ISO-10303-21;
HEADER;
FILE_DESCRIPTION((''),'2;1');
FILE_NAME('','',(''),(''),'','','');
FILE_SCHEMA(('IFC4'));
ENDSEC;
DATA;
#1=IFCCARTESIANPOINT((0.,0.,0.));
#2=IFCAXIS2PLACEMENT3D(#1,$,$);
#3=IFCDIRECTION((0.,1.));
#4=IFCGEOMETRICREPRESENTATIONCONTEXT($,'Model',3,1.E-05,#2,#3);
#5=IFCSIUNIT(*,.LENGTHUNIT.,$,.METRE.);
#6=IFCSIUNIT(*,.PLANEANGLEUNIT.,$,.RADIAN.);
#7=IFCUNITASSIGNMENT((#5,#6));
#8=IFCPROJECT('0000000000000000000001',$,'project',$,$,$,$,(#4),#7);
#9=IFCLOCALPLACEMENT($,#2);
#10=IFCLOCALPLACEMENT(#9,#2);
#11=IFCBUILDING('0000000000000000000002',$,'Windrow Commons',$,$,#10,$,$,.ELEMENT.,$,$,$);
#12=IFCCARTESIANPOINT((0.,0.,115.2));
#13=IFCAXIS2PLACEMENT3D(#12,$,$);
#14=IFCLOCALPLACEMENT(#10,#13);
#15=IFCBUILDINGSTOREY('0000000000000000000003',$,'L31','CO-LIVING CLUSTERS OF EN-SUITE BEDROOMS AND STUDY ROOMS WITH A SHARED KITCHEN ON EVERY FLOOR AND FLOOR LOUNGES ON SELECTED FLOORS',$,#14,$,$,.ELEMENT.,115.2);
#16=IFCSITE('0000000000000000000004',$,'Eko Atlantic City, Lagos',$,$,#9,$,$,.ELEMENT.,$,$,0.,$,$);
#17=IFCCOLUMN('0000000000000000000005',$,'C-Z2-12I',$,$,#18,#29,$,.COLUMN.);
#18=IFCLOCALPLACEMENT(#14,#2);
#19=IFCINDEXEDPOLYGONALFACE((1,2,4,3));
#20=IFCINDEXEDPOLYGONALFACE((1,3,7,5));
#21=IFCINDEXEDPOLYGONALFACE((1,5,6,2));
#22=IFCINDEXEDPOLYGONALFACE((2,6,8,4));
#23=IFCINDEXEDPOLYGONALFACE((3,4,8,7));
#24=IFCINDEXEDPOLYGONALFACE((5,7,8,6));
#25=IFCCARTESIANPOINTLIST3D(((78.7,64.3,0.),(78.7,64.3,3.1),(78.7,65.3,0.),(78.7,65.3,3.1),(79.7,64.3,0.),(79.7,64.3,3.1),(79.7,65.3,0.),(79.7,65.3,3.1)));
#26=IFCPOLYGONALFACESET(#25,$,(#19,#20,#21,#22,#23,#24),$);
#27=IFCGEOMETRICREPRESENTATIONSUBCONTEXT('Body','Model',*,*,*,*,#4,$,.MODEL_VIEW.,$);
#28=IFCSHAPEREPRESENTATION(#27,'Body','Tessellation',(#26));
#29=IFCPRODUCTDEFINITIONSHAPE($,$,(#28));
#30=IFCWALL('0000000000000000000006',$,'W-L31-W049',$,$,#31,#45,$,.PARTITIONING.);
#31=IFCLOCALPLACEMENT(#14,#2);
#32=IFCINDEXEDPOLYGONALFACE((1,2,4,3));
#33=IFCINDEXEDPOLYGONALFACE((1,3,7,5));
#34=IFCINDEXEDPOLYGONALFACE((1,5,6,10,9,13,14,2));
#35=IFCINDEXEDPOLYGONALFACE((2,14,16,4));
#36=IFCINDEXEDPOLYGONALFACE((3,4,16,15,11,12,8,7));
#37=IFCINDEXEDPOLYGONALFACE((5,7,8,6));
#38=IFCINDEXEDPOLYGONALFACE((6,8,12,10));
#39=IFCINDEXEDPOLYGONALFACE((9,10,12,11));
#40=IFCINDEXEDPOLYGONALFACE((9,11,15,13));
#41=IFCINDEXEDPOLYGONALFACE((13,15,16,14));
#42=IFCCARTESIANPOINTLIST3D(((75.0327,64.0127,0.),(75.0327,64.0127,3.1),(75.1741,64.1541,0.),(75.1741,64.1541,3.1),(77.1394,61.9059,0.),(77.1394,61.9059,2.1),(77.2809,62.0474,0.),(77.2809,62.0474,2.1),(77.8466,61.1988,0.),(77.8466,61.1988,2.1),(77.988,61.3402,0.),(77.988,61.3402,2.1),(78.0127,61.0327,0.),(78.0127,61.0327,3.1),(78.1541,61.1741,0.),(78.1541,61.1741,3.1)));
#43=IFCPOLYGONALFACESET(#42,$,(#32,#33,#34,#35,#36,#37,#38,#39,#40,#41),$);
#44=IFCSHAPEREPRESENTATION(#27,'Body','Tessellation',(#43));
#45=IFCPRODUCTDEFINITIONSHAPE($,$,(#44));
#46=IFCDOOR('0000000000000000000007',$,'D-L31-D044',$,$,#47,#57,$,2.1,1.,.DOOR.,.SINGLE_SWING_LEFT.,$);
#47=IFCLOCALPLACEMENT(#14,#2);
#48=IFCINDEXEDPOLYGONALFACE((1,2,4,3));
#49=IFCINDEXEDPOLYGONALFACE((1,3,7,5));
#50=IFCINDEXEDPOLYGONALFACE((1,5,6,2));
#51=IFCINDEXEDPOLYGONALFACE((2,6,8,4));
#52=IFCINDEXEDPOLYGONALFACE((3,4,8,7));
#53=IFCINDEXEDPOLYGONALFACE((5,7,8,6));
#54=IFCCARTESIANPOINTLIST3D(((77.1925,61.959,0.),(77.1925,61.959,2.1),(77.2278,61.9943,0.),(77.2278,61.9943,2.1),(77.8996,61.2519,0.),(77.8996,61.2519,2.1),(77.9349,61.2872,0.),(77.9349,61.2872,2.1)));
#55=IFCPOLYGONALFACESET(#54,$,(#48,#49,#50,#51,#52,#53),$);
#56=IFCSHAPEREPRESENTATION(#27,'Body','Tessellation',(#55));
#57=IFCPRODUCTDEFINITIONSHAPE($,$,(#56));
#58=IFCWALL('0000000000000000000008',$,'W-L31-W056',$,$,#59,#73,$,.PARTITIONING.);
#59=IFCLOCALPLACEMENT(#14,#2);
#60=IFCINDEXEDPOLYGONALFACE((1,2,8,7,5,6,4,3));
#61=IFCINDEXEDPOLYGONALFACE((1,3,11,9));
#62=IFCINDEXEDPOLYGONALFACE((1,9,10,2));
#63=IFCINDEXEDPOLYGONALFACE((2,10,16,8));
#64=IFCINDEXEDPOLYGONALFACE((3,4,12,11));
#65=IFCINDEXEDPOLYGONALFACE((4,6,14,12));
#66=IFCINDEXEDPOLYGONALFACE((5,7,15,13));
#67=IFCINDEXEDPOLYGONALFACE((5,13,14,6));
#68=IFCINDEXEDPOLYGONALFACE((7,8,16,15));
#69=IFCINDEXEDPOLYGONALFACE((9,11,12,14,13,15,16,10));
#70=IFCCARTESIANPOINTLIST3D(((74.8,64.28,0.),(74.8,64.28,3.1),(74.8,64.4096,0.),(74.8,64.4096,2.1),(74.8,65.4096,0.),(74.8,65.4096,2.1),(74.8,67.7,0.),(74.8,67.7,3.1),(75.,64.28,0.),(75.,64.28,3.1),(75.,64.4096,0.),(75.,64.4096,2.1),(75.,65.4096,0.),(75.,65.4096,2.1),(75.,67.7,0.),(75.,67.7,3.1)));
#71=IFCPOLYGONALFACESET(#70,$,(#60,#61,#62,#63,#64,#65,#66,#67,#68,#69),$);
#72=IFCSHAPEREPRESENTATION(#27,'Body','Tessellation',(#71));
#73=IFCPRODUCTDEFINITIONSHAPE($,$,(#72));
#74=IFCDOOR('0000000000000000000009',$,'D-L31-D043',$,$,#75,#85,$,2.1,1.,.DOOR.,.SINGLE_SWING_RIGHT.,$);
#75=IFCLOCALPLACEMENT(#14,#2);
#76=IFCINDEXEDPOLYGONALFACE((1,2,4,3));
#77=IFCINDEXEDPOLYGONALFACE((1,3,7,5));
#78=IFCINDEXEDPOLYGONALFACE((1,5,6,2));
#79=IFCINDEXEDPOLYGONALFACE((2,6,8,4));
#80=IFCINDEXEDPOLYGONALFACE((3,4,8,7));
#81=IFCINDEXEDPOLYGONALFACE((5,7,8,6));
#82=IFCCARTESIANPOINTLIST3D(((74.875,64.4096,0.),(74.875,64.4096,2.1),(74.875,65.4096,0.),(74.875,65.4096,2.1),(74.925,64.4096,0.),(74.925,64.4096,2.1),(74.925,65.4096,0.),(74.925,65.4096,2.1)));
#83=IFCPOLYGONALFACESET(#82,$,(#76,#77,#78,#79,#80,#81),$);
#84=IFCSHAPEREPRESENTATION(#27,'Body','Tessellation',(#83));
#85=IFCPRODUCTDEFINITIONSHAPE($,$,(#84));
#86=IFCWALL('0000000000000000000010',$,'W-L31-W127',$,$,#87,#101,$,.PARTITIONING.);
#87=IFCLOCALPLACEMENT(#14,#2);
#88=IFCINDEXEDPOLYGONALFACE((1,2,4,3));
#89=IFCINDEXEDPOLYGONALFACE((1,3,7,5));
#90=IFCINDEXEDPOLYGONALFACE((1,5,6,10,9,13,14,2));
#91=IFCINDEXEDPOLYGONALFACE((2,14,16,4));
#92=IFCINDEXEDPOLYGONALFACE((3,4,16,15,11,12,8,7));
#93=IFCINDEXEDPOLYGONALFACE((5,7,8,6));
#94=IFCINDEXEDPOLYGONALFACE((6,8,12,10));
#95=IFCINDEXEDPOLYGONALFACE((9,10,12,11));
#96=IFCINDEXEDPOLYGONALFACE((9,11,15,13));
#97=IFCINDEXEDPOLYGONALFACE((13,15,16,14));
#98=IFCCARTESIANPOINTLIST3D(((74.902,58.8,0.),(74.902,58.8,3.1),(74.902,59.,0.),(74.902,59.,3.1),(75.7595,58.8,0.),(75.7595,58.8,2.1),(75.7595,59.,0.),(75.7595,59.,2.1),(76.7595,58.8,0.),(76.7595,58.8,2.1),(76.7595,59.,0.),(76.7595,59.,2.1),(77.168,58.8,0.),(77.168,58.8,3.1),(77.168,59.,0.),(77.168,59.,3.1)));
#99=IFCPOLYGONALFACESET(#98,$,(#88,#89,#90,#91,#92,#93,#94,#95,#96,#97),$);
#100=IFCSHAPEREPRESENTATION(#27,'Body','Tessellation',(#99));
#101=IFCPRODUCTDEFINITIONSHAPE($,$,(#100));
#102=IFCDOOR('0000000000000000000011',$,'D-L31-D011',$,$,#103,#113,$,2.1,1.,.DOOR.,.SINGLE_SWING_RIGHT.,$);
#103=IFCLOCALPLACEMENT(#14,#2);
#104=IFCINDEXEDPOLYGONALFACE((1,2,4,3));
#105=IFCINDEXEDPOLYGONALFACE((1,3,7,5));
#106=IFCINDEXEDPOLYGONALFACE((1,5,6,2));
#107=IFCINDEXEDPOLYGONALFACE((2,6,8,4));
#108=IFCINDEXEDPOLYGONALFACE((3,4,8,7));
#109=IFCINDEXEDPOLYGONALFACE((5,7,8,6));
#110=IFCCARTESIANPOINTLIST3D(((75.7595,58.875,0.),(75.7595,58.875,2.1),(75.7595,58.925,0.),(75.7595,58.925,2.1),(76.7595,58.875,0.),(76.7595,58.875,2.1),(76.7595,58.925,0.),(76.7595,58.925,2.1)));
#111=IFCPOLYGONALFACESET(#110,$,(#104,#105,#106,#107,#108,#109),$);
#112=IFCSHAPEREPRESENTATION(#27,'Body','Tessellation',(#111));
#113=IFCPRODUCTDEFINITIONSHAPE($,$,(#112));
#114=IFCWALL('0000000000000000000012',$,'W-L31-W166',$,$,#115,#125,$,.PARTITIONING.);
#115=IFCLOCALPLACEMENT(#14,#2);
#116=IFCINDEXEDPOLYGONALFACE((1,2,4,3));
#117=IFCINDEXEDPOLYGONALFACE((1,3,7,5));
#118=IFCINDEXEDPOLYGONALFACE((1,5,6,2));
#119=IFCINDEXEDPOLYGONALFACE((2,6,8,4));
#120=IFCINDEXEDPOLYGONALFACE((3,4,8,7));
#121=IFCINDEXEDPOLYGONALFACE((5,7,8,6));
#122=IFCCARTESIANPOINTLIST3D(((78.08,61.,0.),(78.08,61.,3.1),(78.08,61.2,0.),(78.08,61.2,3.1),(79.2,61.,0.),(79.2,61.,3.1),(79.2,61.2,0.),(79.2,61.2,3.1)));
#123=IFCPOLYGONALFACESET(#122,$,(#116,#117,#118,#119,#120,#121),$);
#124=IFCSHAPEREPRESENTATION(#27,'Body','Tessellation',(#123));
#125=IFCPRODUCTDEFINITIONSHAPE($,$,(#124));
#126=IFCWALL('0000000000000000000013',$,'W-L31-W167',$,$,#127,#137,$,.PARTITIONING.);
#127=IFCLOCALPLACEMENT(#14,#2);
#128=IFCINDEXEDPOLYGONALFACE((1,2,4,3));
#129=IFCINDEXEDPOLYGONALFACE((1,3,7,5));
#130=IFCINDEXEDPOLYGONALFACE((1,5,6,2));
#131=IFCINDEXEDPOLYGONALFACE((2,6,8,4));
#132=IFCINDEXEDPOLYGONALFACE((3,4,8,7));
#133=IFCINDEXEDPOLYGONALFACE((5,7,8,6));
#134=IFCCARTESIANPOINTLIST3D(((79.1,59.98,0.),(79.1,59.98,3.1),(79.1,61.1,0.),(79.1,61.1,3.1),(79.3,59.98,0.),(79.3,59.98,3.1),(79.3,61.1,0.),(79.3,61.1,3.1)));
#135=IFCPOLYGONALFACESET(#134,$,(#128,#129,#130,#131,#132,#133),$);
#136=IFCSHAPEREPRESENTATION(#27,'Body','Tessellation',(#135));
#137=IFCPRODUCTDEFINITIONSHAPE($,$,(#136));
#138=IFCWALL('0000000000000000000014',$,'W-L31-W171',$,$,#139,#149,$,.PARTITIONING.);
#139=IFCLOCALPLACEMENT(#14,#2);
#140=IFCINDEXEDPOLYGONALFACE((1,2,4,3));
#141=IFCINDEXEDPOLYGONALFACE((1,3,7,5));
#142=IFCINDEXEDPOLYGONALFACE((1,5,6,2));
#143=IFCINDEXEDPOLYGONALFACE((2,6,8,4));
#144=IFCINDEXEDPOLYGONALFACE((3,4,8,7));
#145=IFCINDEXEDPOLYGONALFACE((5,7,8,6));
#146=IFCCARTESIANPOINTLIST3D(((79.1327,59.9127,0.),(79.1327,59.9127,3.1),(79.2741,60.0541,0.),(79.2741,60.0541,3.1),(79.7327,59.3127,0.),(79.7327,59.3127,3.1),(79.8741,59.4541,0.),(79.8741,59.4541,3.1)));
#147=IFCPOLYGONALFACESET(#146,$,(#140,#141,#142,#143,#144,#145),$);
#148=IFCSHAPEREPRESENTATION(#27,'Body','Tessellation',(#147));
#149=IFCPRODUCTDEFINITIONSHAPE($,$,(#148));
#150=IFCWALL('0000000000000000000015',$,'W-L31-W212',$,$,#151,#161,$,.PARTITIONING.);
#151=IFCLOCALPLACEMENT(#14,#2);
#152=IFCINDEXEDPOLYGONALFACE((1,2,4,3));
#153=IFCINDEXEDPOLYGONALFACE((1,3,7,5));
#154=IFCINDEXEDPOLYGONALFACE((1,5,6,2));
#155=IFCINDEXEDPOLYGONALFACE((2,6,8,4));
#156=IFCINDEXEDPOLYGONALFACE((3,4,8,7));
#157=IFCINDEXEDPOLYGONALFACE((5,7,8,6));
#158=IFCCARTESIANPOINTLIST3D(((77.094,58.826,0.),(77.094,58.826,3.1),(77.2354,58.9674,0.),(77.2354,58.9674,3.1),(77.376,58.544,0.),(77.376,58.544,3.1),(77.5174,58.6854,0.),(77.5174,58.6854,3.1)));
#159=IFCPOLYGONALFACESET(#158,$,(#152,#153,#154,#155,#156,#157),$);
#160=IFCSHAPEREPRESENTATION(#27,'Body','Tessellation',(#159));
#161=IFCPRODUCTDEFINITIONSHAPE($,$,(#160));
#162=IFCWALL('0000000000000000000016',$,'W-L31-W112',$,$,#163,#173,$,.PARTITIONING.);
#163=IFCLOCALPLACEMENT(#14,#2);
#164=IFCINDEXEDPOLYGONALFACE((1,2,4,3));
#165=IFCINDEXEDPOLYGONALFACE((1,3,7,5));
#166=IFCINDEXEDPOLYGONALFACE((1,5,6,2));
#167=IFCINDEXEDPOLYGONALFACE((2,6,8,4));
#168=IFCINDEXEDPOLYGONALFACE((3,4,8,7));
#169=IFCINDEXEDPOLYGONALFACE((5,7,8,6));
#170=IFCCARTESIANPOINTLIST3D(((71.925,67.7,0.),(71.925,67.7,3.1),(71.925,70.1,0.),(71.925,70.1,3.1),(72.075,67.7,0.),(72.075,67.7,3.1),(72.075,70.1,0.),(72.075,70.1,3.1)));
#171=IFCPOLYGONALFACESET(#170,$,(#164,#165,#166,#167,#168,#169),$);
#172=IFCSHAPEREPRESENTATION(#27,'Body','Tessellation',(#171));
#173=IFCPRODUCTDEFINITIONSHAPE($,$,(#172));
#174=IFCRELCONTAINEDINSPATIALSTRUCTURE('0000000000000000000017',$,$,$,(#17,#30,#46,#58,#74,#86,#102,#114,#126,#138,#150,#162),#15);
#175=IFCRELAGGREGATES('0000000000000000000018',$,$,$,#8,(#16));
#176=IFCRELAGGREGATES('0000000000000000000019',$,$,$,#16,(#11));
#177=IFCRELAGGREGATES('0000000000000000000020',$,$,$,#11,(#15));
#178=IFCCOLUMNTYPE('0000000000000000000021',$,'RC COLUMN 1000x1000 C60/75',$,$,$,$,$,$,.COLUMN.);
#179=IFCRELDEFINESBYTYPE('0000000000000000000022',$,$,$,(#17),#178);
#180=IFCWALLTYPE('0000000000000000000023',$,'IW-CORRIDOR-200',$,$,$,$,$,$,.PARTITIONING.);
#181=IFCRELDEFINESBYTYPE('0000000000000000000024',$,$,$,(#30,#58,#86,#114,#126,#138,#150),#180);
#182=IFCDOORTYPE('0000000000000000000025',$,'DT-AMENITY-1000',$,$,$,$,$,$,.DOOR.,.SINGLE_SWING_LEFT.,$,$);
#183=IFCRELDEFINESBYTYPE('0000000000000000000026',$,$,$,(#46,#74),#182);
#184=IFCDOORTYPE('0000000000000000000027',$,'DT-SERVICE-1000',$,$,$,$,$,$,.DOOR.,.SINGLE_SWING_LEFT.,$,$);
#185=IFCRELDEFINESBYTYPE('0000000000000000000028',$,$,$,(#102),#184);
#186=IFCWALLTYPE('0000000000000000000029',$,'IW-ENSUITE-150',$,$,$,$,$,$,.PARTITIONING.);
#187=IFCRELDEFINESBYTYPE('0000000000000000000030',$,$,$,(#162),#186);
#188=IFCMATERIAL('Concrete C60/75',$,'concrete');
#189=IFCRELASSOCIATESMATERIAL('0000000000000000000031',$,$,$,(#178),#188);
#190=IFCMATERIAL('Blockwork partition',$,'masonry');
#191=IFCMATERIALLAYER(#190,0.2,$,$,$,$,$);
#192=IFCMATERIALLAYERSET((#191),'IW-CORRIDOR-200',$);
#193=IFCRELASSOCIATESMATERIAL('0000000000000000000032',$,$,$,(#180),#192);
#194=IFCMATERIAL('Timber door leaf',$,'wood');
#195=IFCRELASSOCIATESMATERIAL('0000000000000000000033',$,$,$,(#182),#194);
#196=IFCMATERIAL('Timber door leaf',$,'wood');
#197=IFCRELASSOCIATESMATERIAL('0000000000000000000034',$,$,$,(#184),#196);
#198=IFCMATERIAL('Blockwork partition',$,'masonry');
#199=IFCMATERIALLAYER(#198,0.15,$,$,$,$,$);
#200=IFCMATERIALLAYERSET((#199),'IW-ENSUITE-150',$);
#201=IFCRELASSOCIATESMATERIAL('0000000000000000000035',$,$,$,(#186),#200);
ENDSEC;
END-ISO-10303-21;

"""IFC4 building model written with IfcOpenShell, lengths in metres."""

from ifc_helpers import new_model, si_unit, direction, frame, frame_2d, origin, origin_2d, place, context, subcontext, project, spatial, rectangle, extrude, material, layer, layer_set, material_profile, profile_set, type_object, element, fill, save


model = new_model("IFC4")

# Units and contexts
model_context = context("Model", 3, precision=1e-05, world=origin(), true_north=direction((0.0, 1.0)))
body_context = subcontext(model_context, "Body", "Model", "MODEL_VIEW")
ifc_project = project(units=[si_unit("LENGTHUNIT", "METRE"), si_unit("PLANEANGLEUNIT", "RADIAN")], contexts=[model_context])

# Site, building, storey
site_placement = place(None, origin())
site = spatial("IfcSite", under=ifc_project, at=site_placement, Name="Eko Atlantic City, Lagos", CompositionType="ELEMENT", RefElevation=0.0)
building_placement = place(site_placement, origin())
building = spatial("IfcBuilding", under=site, at=building_placement, Name="Windrow Commons", CompositionType="ELEMENT")
storey_placement = place(building_placement, frame((0.0, 0.0, 115.2)))
storey = spatial("IfcBuildingStorey", under=building, at=storey_placement, Name="L31", Description="CO-LIVING CLUSTERS OF EN-SUITE BEDROOMS AND STUDY ROOMS WITH A SHARED KITCHEN ON EVERY FLOOR AND FLOOR LOUNGES ON SELECTED FLOORS", CompositionType="ELEMENT", Elevation=115.2)

# Column
ifc_material_1 = material(Name="Concrete C60/75", Category="concrete")
ifc_material_profile = material_profile(ifc_material_1, rectangle(XDim=1.0, YDim=1.0, at=origin_2d()))
ifc_profile_set = profile_set([ifc_material_profile], Name="Concrete C60/75")
column_type = type_object("IfcColumnType", Name="RC COLUMN 1000x1000 C60/75", PredefinedType="COLUMN", material=ifc_profile_set)
column_placement = place(storey_placement, frame((79.2, 64.8, 0.0), z_axis=(0.0, 0.0, 1.0), x_axis=(1.0, 0.0, 0.0)))
element("IfcColumn", 1, at=column_placement, inside=storey, type_object=column_type, Name="C-Z2-12I", PredefinedType="COLUMN", context=body_context, shape_type="SweptSolid", body=[
    extrude(rectangle(XDim=1.0, YDim=1.0, at=origin_2d()), origin(), (0.0, 0.0, 1.0), 3.1),
])

# Walls, openings, doors
ifc_material_2 = material(Name="Blockwork partition", Category="masonry")
ifc_layer_1 = layer(ifc_material_2, 0.2)
ifc_layer_set_1 = layer_set([ifc_layer_1], Name="IW-CORRIDOR-200")
wall_type_1 = type_object("IfcWallType", Name="IW-CORRIDOR-200", PredefinedType="PARTITIONING", material=ifc_layer_set_1)
wall_1_placement = place(storey_placement, frame((75.1034, 64.0834, 0.0), z_axis=(0.0, 0.0, 1.0), x_axis=(0.707107, -0.707107, 0.0)))
wall_1 = element("IfcWall", 2, at=wall_1_placement, inside=storey, type_object=wall_type_1, Name="W-L31-W049", PredefinedType="PARTITIONING", context=body_context, shape_type="SweptSolid", body=[
    extrude(rectangle(XDim=4.2144, YDim=0.2, at=frame_2d((2.1072, 0.0))), origin(), (0.0, 0.0, 1.0), 3.1),
])
opening_1_placement = place(wall_1_placement, frame((2.9794, 0.0, 0.0)))
opening_1 = element("IfcOpeningElement", 3, at=opening_1_placement, cuts=wall_1, PredefinedType="OPENING", context=body_context, shape_type="SweptSolid", body=[
    extrude(rectangle(XDim=1.0, YDim=2.1, at=frame_2d((0.5, 1.05))), frame((0.0, 0.11, 0.0), z_axis=(0.0, -1.0, 0.0), x_axis=(1.0, 0.0, 0.0)), (0.0, 0.0, 1.0), 0.22),
])
ifc_material_3 = material(Name="Timber door leaf", Category="wood")
door_type_1 = type_object("IfcDoorType", Name="DT-AMENITY-1000", OperationType="SINGLE_SWING_LEFT", PredefinedType="DOOR", material=ifc_material_3)
door_1_placement = place(opening_1_placement, origin())
door_1 = element("IfcDoor", 4, at=door_1_placement, inside=storey, type_object=door_type_1, Name="D-L31-D044", OperationType="SINGLE_SWING_LEFT", OverallHeight=2.1, OverallWidth=1.0, PredefinedType="DOOR", context=body_context, shape_type="SweptSolid", body=[
    extrude(rectangle(XDim=1.0, YDim=2.1, at=frame_2d((0.5, 1.05))), frame((0.0, 0.025, 0.0), z_axis=(0.0, -1.0, 0.0), x_axis=(1.0, 0.0, 0.0)), (0.0, 0.0, 1.0), 0.05),
])
fill(opening_1, door_1)
wall_2_placement = place(storey_placement, frame((74.9, 64.28, 0.0), z_axis=(0.0, 0.0, 1.0), x_axis=(0.0, 1.0, 0.0)))
wall_2 = element("IfcWall", 5, at=wall_2_placement, inside=storey, type_object=wall_type_1, Name="W-L31-W056", PredefinedType="PARTITIONING", context=body_context, shape_type="SweptSolid", body=[
    extrude(rectangle(XDim=3.42, YDim=0.2, at=frame_2d((1.71, 0.0))), origin(), (0.0, 0.0, 1.0), 3.1),
])
opening_2_placement = place(wall_2_placement, frame((0.1296, 0.0, 0.0)))
opening_2 = element("IfcOpeningElement", 6, at=opening_2_placement, cuts=wall_2, PredefinedType="OPENING", context=body_context, shape_type="SweptSolid", body=[
    extrude(rectangle(XDim=1.0, YDim=2.1, at=frame_2d((0.5, 1.05))), frame((0.0, 0.11, 0.0), z_axis=(0.0, -1.0, 0.0), x_axis=(1.0, 0.0, 0.0)), (0.0, 0.0, 1.0), 0.22),
])
door_2_placement = place(opening_2_placement, origin())
door_2 = element("IfcDoor", 7, at=door_2_placement, inside=storey, type_object=door_type_1, Name="D-L31-D043", OperationType="SINGLE_SWING_RIGHT", OverallHeight=2.1, OverallWidth=1.0, PredefinedType="DOOR", context=body_context, shape_type="SweptSolid", body=[
    extrude(rectangle(XDim=1.0, YDim=2.1, at=frame_2d((0.5, 1.05))), frame((0.0, 0.025, 0.0), z_axis=(0.0, -1.0, 0.0), x_axis=(1.0, 0.0, 0.0)), (0.0, 0.0, 1.0), 0.05),
])
fill(opening_2, door_2)
wall_3_placement = place(storey_placement, frame((74.902, 58.9, 0.0), z_axis=(0.0, 0.0, 1.0), x_axis=(1.0, 0.0, 0.0)))
wall_3 = element("IfcWall", 8, at=wall_3_placement, inside=storey, type_object=wall_type_1, Name="W-L31-W127", PredefinedType="PARTITIONING", context=body_context, shape_type="SweptSolid", body=[
    extrude(rectangle(XDim=2.266, YDim=0.2, at=frame_2d((1.133, 0.0))), origin(), (0.0, 0.0, 1.0), 3.1),
])
opening_3_placement = place(wall_3_placement, frame((0.8575, 0.0, 0.0)))
opening_3 = element("IfcOpeningElement", 9, at=opening_3_placement, cuts=wall_3, PredefinedType="OPENING", context=body_context, shape_type="SweptSolid", body=[
    extrude(rectangle(XDim=1.0, YDim=2.1, at=frame_2d((0.5, 1.05))), frame((0.0, 0.11, 0.0), z_axis=(0.0, -1.0, 0.0), x_axis=(1.0, 0.0, 0.0)), (0.0, 0.0, 1.0), 0.22),
])
ifc_material_4 = material(Name="Timber door leaf", Category="wood")
door_type_2 = type_object("IfcDoorType", Name="DT-SERVICE-1000", OperationType="SINGLE_SWING_LEFT", PredefinedType="DOOR", material=ifc_material_4)
door_3_placement = place(opening_3_placement, origin())
door_3 = element("IfcDoor", 10, at=door_3_placement, inside=storey, type_object=door_type_2, Name="D-L31-D011", OperationType="SINGLE_SWING_RIGHT", OverallHeight=2.1, OverallWidth=1.0, PredefinedType="DOOR", context=body_context, shape_type="SweptSolid", body=[
    extrude(rectangle(XDim=1.0, YDim=2.1, at=frame_2d((0.5, 1.05))), frame((0.0, 0.025, 0.0), z_axis=(0.0, -1.0, 0.0), x_axis=(1.0, 0.0, 0.0)), (0.0, 0.0, 1.0), 0.05),
])
fill(opening_3, door_3)

# Walls
for number, where, z_axis, x_axis, name in (
    (11, (78.08, 61.1, 0.0), (0.0, 0.0, 1.0), (1.0, 0.0, 0.0), "W-L31-W166"),
    (12, (79.2, 59.98, 0.0), (0.0, 0.0, 1.0), (0.0, 1.0, 0.0), "W-L31-W167"),
):
    element("IfcWall", number, at=place(storey_placement, frame(where, z_axis=z_axis, x_axis=x_axis)), inside=storey, type_object=wall_type_1, Name=name, PredefinedType="PARTITIONING", context=body_context, shape_type="SweptSolid", body=[
        extrude(rectangle(XDim=1.12, YDim=0.2, at=frame_2d((0.56, 0.0))), origin(), (0.0, 0.0, 1.0), 3.1),
    ])
wall_4_placement = place(storey_placement, frame((79.2034, 59.9834, 0.0), z_axis=(0.0, 0.0, 1.0), x_axis=(0.707107, -0.707107, 0.0)))
element("IfcWall", 13, at=wall_4_placement, inside=storey, type_object=wall_type_1, Name="W-L31-W171", PredefinedType="PARTITIONING", context=body_context, shape_type="SweptSolid", body=[
    extrude(rectangle(XDim=0.8485, YDim=0.2, at=frame_2d((0.4243, 0.0))), origin(), (0.0, 0.0, 1.0), 3.1),
])
wall_5_placement = place(storey_placement, frame((77.1647, 58.8967, 0.0), z_axis=(0.0, 0.0, 1.0), x_axis=(0.707107, -0.707107, 0.0)))
element("IfcWall", 14, at=wall_5_placement, inside=storey, type_object=wall_type_1, Name="W-L31-W212", PredefinedType="PARTITIONING", context=body_context, shape_type="SweptSolid", body=[
    extrude(rectangle(XDim=0.3988, YDim=0.2, at=frame_2d((0.1994, 0.0))), origin(), (0.0, 0.0, 1.0), 3.1),
])
ifc_material_5 = material(Name="Blockwork partition", Category="masonry")
ifc_layer_2 = layer(ifc_material_5, 0.15)
ifc_layer_set_2 = layer_set([ifc_layer_2], Name="IW-ENSUITE-150")
wall_type_2 = type_object("IfcWallType", Name="IW-ENSUITE-150", PredefinedType="PARTITIONING", material=ifc_layer_set_2)
wall_6_placement = place(storey_placement, frame((72.0, 67.7, 0.0), z_axis=(0.0, 0.0, 1.0), x_axis=(0.0, 1.0, 0.0)))
element("IfcWall", 15, at=wall_6_placement, inside=storey, type_object=wall_type_2, Name="W-L31-W112", PredefinedType="PARTITIONING", context=body_context, shape_type="SweptSolid", body=[
    extrude(rectangle(XDim=2.4, YDim=0.15, at=frame_2d((1.2, 0.0))), origin(), (0.0, 0.0, 1.0), 3.1),
])

save(model, "model.ifc")
